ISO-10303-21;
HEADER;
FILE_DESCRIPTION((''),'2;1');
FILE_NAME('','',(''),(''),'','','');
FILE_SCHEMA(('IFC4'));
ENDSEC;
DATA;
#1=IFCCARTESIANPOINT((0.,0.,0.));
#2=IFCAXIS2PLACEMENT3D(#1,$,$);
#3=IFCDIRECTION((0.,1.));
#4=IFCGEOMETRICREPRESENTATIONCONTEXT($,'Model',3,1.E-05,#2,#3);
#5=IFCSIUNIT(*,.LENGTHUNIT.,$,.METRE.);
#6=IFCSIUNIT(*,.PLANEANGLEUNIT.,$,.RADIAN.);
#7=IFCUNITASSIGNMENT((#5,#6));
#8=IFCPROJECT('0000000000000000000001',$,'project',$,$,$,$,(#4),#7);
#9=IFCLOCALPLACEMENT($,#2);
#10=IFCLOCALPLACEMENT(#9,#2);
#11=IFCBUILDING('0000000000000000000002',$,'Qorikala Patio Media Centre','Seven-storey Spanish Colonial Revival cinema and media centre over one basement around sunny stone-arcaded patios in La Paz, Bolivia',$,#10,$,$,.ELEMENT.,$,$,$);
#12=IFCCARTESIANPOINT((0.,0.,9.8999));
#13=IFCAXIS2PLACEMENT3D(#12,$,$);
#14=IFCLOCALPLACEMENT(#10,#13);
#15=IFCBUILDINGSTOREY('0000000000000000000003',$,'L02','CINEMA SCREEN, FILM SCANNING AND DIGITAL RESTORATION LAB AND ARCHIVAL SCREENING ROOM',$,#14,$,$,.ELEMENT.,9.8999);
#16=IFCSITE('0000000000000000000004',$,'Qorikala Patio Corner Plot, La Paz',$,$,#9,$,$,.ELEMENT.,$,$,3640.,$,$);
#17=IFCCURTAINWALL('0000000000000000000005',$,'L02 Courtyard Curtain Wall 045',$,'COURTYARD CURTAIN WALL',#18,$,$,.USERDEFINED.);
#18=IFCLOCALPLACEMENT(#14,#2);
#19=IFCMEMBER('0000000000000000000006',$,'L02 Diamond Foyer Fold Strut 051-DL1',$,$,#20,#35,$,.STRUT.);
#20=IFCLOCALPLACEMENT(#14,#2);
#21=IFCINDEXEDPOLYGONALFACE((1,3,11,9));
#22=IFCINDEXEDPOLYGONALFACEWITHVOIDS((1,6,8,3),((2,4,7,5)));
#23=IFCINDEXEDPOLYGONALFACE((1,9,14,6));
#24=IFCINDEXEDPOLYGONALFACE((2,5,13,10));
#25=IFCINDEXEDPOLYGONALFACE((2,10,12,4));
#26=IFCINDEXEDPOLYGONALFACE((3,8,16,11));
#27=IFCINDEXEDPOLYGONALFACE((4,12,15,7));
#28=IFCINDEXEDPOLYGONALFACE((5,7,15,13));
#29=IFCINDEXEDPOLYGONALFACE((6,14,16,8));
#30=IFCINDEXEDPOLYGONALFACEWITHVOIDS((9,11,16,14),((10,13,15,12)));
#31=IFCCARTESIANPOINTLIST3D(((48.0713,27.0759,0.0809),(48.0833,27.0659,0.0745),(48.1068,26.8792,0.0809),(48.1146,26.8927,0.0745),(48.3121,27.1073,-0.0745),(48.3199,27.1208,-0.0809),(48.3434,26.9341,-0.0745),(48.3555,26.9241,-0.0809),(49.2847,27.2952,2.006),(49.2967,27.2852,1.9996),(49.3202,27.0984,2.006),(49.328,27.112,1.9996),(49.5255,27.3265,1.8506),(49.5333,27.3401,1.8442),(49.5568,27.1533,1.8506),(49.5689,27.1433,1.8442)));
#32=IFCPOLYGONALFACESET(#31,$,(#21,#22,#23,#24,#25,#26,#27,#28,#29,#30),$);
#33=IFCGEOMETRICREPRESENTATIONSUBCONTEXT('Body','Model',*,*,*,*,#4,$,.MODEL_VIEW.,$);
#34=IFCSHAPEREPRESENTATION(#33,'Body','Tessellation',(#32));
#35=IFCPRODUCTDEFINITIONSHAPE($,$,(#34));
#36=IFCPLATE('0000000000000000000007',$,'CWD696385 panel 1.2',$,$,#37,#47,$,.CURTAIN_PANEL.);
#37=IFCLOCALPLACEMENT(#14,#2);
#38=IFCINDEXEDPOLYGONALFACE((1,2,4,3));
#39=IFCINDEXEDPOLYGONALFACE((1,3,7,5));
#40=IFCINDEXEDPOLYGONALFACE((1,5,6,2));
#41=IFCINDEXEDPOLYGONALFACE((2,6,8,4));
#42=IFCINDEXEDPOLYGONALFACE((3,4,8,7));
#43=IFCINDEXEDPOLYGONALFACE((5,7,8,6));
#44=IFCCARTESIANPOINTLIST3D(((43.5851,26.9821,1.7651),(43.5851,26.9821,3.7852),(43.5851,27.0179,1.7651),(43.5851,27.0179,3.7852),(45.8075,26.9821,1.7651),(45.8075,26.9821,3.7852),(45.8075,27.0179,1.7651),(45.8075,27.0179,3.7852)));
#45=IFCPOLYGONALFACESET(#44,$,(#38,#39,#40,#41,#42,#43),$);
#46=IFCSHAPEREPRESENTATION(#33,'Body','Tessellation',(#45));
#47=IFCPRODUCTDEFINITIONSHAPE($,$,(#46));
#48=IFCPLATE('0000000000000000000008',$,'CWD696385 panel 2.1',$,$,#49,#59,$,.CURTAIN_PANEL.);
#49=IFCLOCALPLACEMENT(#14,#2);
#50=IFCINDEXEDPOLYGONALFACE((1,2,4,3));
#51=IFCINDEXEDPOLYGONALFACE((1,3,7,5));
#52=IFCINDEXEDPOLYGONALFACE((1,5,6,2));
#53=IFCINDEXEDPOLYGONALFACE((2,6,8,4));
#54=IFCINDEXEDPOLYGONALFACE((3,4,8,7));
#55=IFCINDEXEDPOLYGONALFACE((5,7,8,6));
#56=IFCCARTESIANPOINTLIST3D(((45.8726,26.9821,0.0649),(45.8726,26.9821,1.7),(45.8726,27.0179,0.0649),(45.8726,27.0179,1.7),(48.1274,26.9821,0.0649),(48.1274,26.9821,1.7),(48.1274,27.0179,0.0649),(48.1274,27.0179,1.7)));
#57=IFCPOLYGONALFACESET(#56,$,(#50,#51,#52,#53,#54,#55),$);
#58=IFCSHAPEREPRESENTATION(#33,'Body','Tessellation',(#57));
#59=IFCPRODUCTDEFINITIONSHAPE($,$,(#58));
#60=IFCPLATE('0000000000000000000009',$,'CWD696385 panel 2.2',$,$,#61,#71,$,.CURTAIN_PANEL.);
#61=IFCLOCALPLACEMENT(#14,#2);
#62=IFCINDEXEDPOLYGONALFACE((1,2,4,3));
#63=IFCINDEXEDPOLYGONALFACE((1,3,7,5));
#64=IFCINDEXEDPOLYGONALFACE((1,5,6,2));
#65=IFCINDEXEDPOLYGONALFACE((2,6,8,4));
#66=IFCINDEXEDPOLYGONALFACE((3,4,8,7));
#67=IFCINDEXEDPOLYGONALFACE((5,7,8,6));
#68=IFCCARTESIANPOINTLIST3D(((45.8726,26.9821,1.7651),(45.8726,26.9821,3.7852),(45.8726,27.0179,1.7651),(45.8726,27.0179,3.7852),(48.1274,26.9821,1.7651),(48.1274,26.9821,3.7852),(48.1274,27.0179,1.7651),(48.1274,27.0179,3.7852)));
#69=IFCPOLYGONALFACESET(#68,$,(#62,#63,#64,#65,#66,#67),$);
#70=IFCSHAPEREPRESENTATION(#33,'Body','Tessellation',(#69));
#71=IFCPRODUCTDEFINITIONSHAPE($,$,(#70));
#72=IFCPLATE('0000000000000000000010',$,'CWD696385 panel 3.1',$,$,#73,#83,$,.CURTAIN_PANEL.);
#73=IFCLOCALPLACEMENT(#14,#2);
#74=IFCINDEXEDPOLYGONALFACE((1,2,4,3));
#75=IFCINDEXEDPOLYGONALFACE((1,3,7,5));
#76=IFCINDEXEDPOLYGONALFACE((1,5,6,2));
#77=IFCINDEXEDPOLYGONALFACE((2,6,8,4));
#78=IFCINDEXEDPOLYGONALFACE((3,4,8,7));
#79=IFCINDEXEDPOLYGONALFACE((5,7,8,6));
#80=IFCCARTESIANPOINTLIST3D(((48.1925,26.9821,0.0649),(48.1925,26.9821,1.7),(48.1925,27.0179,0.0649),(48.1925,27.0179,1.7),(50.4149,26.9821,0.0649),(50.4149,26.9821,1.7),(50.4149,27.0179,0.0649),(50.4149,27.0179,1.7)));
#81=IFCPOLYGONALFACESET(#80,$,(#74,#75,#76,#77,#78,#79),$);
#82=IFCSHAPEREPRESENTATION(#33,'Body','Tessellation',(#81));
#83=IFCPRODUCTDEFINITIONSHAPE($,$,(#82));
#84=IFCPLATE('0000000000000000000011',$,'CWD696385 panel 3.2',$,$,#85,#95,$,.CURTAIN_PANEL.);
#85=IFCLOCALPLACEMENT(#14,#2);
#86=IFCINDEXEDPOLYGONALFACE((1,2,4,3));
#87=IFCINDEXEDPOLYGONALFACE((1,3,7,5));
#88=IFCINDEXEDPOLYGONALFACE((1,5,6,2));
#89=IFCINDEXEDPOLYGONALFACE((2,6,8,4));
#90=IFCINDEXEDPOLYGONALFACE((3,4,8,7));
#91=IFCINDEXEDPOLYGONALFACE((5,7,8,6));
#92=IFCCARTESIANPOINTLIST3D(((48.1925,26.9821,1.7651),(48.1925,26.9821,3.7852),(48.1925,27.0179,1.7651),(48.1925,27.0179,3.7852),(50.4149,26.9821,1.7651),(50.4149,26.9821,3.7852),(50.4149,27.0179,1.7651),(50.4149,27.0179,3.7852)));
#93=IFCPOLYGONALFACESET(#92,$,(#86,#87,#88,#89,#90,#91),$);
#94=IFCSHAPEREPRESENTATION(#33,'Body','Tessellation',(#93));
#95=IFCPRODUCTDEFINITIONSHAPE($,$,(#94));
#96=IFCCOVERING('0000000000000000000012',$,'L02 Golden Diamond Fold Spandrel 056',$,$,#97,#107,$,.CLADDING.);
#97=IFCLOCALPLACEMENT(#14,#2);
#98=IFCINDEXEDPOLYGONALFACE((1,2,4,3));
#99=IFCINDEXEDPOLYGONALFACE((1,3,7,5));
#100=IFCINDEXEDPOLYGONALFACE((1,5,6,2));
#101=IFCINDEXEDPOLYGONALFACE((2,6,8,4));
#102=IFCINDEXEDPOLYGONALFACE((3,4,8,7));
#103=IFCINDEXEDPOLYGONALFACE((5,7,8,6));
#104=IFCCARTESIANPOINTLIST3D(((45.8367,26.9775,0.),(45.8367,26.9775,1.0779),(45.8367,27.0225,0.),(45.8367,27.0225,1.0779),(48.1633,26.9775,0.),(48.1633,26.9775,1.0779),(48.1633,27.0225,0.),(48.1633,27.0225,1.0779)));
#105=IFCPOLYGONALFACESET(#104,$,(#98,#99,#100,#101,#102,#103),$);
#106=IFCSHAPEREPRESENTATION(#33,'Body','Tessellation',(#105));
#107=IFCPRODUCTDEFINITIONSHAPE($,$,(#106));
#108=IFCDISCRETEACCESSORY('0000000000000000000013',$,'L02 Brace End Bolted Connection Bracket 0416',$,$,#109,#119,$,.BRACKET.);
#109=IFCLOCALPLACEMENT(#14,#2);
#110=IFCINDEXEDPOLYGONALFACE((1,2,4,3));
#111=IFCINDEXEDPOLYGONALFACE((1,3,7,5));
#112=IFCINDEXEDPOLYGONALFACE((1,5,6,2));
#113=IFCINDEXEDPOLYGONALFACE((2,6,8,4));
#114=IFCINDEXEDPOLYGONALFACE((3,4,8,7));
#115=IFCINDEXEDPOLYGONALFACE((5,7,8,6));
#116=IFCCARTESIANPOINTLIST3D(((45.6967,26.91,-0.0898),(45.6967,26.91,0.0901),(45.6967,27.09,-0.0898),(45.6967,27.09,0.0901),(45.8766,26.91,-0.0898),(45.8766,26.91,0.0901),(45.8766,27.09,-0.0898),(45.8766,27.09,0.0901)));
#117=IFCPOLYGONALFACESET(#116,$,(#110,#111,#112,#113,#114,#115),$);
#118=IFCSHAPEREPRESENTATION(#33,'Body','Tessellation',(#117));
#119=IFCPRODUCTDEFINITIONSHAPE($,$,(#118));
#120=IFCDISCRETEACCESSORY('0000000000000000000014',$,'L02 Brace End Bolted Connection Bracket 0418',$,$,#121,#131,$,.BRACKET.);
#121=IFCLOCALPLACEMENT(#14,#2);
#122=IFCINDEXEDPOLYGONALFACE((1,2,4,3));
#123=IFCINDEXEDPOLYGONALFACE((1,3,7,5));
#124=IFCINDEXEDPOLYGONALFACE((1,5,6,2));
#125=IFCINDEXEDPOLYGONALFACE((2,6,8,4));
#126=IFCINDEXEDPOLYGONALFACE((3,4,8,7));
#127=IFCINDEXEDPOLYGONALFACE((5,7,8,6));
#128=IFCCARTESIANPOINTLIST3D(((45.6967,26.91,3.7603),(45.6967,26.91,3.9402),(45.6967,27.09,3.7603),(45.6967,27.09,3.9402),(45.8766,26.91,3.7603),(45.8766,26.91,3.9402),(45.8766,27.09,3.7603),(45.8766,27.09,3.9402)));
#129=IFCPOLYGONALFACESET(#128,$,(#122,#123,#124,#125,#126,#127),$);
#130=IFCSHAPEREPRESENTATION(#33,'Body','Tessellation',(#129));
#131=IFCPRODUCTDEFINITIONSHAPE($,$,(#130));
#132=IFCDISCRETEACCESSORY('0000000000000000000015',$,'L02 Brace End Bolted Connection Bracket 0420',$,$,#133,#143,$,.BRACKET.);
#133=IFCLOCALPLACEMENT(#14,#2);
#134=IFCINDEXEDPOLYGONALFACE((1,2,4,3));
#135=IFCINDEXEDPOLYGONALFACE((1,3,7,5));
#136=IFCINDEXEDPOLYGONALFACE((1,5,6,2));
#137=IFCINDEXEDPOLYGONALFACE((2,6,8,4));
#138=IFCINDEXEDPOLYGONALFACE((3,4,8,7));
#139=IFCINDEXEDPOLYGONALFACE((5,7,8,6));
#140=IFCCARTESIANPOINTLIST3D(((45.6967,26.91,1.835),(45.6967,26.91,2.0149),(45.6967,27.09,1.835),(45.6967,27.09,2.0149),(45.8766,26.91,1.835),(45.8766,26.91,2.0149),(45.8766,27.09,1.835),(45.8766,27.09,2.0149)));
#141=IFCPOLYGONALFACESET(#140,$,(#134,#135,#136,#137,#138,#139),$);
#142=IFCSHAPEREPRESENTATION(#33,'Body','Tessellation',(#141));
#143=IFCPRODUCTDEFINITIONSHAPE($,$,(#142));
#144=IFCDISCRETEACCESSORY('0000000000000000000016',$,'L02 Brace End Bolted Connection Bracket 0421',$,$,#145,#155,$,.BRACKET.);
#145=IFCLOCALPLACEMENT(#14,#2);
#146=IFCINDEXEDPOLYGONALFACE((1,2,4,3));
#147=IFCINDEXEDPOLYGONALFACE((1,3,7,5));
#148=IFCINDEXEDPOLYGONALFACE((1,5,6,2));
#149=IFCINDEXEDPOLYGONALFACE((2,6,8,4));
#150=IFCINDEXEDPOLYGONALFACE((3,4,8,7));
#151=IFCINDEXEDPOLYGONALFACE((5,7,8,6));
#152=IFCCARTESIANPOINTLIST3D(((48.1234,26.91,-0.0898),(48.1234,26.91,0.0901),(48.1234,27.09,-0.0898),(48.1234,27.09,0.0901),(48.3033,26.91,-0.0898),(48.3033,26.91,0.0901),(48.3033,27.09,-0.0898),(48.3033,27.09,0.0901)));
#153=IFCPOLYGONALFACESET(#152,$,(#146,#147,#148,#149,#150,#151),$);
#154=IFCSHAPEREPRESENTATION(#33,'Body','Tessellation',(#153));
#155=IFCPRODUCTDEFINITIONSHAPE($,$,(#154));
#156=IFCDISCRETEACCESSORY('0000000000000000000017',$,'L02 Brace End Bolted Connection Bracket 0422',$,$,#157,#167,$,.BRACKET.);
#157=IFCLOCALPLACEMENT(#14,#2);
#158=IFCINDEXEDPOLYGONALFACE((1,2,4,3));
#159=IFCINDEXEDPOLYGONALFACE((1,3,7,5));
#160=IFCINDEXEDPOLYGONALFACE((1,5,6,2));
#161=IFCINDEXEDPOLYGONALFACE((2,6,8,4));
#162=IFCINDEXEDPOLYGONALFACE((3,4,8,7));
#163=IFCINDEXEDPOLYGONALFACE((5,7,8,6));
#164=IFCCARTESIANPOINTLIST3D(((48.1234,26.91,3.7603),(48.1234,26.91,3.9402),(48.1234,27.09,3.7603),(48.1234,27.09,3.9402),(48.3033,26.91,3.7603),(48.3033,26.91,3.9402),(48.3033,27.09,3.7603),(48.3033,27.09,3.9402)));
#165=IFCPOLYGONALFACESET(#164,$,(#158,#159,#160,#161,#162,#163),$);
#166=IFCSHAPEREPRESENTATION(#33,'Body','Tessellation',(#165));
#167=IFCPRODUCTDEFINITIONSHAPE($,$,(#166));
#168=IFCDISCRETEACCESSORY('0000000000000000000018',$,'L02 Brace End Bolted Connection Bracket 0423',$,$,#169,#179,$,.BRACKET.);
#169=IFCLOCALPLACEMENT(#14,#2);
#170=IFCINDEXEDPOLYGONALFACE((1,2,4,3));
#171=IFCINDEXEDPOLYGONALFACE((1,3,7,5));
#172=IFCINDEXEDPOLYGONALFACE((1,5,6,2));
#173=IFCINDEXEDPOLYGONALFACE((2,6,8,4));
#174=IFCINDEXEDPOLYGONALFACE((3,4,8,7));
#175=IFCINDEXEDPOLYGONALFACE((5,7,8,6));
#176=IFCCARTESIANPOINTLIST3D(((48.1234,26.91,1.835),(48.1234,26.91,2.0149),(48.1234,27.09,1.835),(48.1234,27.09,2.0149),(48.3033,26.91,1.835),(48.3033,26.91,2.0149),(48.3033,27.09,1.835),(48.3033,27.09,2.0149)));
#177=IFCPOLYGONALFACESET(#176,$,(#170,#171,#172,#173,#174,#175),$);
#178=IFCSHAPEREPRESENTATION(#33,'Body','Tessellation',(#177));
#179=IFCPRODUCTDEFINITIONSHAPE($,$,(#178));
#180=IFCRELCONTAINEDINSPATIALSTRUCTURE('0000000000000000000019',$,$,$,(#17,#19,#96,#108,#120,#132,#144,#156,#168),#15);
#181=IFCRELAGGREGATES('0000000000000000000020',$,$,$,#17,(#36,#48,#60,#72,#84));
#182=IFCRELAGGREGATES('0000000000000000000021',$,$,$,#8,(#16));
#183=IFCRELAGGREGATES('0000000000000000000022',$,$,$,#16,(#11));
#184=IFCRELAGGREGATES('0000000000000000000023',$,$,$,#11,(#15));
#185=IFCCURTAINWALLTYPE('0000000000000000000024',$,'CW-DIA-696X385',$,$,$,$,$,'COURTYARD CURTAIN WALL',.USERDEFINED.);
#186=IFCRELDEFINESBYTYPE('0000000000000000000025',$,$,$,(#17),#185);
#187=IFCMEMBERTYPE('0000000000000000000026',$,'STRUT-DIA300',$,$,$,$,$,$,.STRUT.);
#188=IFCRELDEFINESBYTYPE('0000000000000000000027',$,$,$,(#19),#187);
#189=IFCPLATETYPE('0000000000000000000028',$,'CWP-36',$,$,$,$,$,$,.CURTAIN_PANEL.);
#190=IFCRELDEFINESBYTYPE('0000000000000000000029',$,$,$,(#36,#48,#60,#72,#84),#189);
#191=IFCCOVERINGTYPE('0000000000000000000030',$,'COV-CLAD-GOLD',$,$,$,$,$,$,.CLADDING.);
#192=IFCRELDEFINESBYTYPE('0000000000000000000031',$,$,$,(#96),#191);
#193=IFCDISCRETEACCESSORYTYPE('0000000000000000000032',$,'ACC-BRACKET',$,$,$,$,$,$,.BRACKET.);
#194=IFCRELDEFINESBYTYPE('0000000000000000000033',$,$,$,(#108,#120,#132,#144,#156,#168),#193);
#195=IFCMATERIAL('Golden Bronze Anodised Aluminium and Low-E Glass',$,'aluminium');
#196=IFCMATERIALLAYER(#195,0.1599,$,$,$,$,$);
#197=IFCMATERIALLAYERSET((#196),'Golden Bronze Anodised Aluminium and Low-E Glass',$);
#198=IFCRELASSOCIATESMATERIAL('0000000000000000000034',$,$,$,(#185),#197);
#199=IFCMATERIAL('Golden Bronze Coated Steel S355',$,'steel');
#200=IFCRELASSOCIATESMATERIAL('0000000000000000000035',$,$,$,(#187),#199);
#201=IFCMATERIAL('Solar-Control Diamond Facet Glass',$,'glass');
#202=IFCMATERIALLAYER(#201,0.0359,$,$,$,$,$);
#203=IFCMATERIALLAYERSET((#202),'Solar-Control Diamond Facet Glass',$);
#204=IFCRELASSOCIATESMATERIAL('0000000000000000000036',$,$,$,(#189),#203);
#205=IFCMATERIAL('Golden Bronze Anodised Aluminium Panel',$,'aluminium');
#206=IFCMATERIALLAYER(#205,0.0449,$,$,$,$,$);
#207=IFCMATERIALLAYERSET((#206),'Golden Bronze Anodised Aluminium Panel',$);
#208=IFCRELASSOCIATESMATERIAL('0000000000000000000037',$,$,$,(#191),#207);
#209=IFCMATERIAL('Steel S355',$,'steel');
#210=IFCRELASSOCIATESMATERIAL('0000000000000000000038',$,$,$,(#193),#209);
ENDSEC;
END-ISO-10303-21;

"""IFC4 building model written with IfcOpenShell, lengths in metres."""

from ifc_helpers import new_model, si_unit, direction, frame, origin, origin_2d, place, context, subcontext, project, spatial, rectangle, hollow_rectangle, extrude, material, layer, layer_set, material_profile, profile_set, type_object, element, aggregate, save


model = new_model("IFC4")

# Units and contexts
model_context = context("Model", 3, precision=1e-05, world=origin(), true_north=direction((0.0, 1.0)))
body_context = subcontext(model_context, "Body", "Model", "MODEL_VIEW")
ifc_project = project(units=[si_unit("LENGTHUNIT", "METRE"), si_unit("PLANEANGLEUNIT", "RADIAN")], contexts=[model_context])

# Site, building, storey
site_placement = place(None, origin())
site = spatial("IfcSite", under=ifc_project, at=site_placement, Name="Qorikala Patio Corner Plot, La Paz", CompositionType="ELEMENT", RefElevation=3640.0)
building_placement = place(site_placement, origin())
building = spatial("IfcBuilding", under=site, at=building_placement, Name="Qorikala Patio Media Centre", Description="Seven-storey Spanish Colonial Revival cinema and media centre over one basement around sunny stone-arcaded patios in La Paz, Bolivia", CompositionType="ELEMENT")
storey_placement = place(building_placement, frame((0.0, 0.0, 9.8999)))
storey = spatial("IfcBuildingStorey", under=building, at=storey_placement, Name="L02", Description="CINEMA SCREEN, FILM SCANNING AND DIGITAL RESTORATION LAB AND ARCHIVAL SCREENING ROOM", CompositionType="ELEMENT", Elevation=9.8999)

# Shared definitions
ifc_material_1 = material(Name="Golden Bronze Coated Steel S355", Category="steel")

# Curtain wall
ifc_material_2 = material(Name="Golden Bronze Anodised Aluminium and Low-E Glass", Category="aluminium")
ifc_layer_1 = layer(ifc_material_2, 0.1599)
ifc_layer_set_1 = layer_set([ifc_layer_1], Name="Golden Bronze Anodised Aluminium and Low-E Glass")
curtain_wall_type = type_object("IfcCurtainWallType", Name="CW-DIA-696X385", ElementType="COURTYARD CURTAIN WALL", PredefinedType="USERDEFINED", material=ifc_layer_set_1)
curtain_wall_placement = place(storey_placement, origin())
curtain_wall = element("IfcCurtainWall", 1, at=curtain_wall_placement, inside=storey, type_object=curtain_wall_type, Name="L02 Courtyard Curtain Wall 045", ObjectType="COURTYARD CURTAIN WALL", PredefinedType="USERDEFINED")

# Member
ifc_material_profile_1 = material_profile(ifc_material_1, hollow_rectangle(XDim=0.2, YDim=0.3, WallThickness=0.012, at=origin_2d()), Name="HSS300X200X12")
ifc_profile_set_1 = profile_set([ifc_material_profile_1], Name="Golden Bronze Coated Steel S355")
member_type_1 = type_object("IfcMemberType", Name="STRUT-DIA300", PredefinedType="STRUT", material=ifc_profile_set_1)
for number, where, z_axis, x_axis, name in (
    (2, (48.2134, 27.0, 0.0), (0.530768, 0.095901, 0.842074), (-0.177805, 0.984066, 0.0), "L02 Diamond Foyer Fold Strut 051-DL1"),
):
    element("IfcMember", number, at=place(storey_placement, frame(where, z_axis=z_axis, x_axis=x_axis)), inside=storey, type_object=member_type_1, Name=name, PredefinedType="STRUT", context=body_context, shape_type="SweptSolid", body=[
        extrude(hollow_rectangle(XDim=0.2, YDim=0.3, WallThickness=0.012, at=origin_2d()), origin(), (0.0, 0.0, 1.0), 2.2861),
    ])

# Plates
ifc_material_3 = material(Name="Solar-Control Diamond Facet Glass", Category="glass")
ifc_layer_2 = layer(ifc_material_3, 0.0359)
ifc_layer_set_2 = layer_set([ifc_layer_2], Name="Solar-Control Diamond Facet Glass")
plate_type = type_object("IfcPlateType", Name="CWP-36", PredefinedType="CURTAIN_PANEL", material=ifc_layer_set_2)
plate_1_placement = place(storey_placement, frame((44.6963, 27.0, 1.7651), z_axis=(0.0, 0.0, 1.0), x_axis=(1.0, 0.0, 0.0)))
plate_1 = element("IfcPlate", 3, at=plate_1_placement, type_object=plate_type, Name="CWD696385 panel 1.2", PredefinedType="CURTAIN_PANEL", context=body_context, shape_type="SweptSolid", body=[
    extrude(rectangle(XDim=2.2224, YDim=0.0359, at=origin_2d()), origin(), (0.0, 0.0, 1.0), 2.02),
])
plate_2_placement = place(storey_placement, frame((47.0, 27.0, 0.0649), z_axis=(0.0, 0.0, 1.0), x_axis=(1.0, 0.0, 0.0)))
plate_2 = element("IfcPlate", 4, at=plate_2_placement, type_object=plate_type, Name="CWD696385 panel 2.1", PredefinedType="CURTAIN_PANEL", context=body_context, shape_type="SweptSolid", body=[
    extrude(rectangle(XDim=2.2549, YDim=0.0359, at=origin_2d()), origin(), (0.0, 0.0, 1.0), 1.635),
])
plate_3_placement = place(storey_placement, frame((47.0, 27.0, 1.7651), z_axis=(0.0, 0.0, 1.0), x_axis=(1.0, 0.0, 0.0)))
plate_3 = element("IfcPlate", 5, at=plate_3_placement, type_object=plate_type, Name="CWD696385 panel 2.2", PredefinedType="CURTAIN_PANEL", context=body_context, shape_type="SweptSolid", body=[
    extrude(rectangle(XDim=2.2549, YDim=0.0359, at=origin_2d()), origin(), (0.0, 0.0, 1.0), 2.02),
])
plate_4_placement = place(storey_placement, frame((49.3037, 27.0, 0.0649), z_axis=(0.0, 0.0, 1.0), x_axis=(1.0, 0.0, 0.0)))
plate_4 = element("IfcPlate", 6, at=plate_4_placement, type_object=plate_type, Name="CWD696385 panel 3.1", PredefinedType="CURTAIN_PANEL", context=body_context, shape_type="SweptSolid", body=[
    extrude(rectangle(XDim=2.2224, YDim=0.0359, at=origin_2d()), origin(), (0.0, 0.0, 1.0), 1.635),
])
plate_5_placement = place(storey_placement, frame((49.3037, 27.0, 1.7651), z_axis=(0.0, 0.0, 1.0), x_axis=(1.0, 0.0, 0.0)))
plate_5 = element("IfcPlate", 7, at=plate_5_placement, type_object=plate_type, Name="CWD696385 panel 3.2", PredefinedType="CURTAIN_PANEL", context=body_context, shape_type="SweptSolid", body=[
    extrude(rectangle(XDim=2.2224, YDim=0.0359, at=origin_2d()), origin(), (0.0, 0.0, 1.0), 2.02),
])
aggregate(curtain_wall, [plate_1, plate_2, plate_3, plate_4, plate_5])

# Covering
ifc_material_4 = material(Name="Golden Bronze Anodised Aluminium Panel", Category="aluminium")
ifc_layer_3 = layer(ifc_material_4, 0.0449)
ifc_layer_set_3 = layer_set([ifc_layer_3], Name="Golden Bronze Anodised Aluminium Panel")
covering_type = type_object("IfcCoveringType", Name="COV-CLAD-GOLD", PredefinedType="CLADDING", material=ifc_layer_set_3)
covering_placement = place(storey_placement, frame((47.0, 27.0, 0.0), z_axis=(0.0, 0.0, 1.0), x_axis=(1.0, 0.0, 0.0)))
element("IfcCovering", 8, at=covering_placement, inside=storey, type_object=covering_type, Name="L02 Golden Diamond Fold Spandrel 056", PredefinedType="CLADDING", context=body_context, shape_type="SweptSolid", body=[
    extrude(rectangle(XDim=2.3267, YDim=0.0449, at=origin_2d()), origin(), (0.0, 0.0, 1.0), 1.0779),
])

# Discrete accessories
ifc_material_5 = material(Name="Steel S355", Category="steel")
discrete_accessory_type = type_object("IfcDiscreteAccessoryType", Name="ACC-BRACKET", PredefinedType="BRACKET", material=ifc_material_5)
for number, where, z_axis, x_axis, name in (
    (9, (45.7866, 27.0, -0.0898), (0.0, 0.0, 1.0), (1.0, 0.0, 0.0), "L02 Brace End Bolted Connection Bracket 0416"),
    (10, (45.7866, 27.0, 3.7603), (0.0, 0.0, 1.0), (1.0, 0.0, 0.0), "L02 Brace End Bolted Connection Bracket 0418"),
    (11, (45.7866, 27.0, 1.835), (0.0, 0.0, 1.0), (1.0, 0.0, 0.0), "L02 Brace End Bolted Connection Bracket 0420"),
    (12, (48.2134, 27.0, -0.0898), (0.0, 0.0, 1.0), (1.0, 0.0, 0.0), "L02 Brace End Bolted Connection Bracket 0421"),
    (13, (48.2134, 27.0, 3.7603), (0.0, 0.0, 1.0), (1.0, 0.0, 0.0), "L02 Brace End Bolted Connection Bracket 0422"),
    (14, (48.2134, 27.0, 1.835), (0.0, 0.0, 1.0), (1.0, 0.0, 0.0), "L02 Brace End Bolted Connection Bracket 0423"),
):
    element("IfcDiscreteAccessory", number, at=place(storey_placement, frame(where, z_axis=z_axis, x_axis=x_axis)), inside=storey, type_object=discrete_accessory_type, Name=name, PredefinedType="BRACKET", context=body_context, shape_type="SweptSolid", body=[
        extrude(rectangle(XDim=0.1799, YDim=0.1799, at=origin_2d()), origin(), (0.0, 0.0, 1.0), 0.1799),
    ])

save(model, "model.ifc")
